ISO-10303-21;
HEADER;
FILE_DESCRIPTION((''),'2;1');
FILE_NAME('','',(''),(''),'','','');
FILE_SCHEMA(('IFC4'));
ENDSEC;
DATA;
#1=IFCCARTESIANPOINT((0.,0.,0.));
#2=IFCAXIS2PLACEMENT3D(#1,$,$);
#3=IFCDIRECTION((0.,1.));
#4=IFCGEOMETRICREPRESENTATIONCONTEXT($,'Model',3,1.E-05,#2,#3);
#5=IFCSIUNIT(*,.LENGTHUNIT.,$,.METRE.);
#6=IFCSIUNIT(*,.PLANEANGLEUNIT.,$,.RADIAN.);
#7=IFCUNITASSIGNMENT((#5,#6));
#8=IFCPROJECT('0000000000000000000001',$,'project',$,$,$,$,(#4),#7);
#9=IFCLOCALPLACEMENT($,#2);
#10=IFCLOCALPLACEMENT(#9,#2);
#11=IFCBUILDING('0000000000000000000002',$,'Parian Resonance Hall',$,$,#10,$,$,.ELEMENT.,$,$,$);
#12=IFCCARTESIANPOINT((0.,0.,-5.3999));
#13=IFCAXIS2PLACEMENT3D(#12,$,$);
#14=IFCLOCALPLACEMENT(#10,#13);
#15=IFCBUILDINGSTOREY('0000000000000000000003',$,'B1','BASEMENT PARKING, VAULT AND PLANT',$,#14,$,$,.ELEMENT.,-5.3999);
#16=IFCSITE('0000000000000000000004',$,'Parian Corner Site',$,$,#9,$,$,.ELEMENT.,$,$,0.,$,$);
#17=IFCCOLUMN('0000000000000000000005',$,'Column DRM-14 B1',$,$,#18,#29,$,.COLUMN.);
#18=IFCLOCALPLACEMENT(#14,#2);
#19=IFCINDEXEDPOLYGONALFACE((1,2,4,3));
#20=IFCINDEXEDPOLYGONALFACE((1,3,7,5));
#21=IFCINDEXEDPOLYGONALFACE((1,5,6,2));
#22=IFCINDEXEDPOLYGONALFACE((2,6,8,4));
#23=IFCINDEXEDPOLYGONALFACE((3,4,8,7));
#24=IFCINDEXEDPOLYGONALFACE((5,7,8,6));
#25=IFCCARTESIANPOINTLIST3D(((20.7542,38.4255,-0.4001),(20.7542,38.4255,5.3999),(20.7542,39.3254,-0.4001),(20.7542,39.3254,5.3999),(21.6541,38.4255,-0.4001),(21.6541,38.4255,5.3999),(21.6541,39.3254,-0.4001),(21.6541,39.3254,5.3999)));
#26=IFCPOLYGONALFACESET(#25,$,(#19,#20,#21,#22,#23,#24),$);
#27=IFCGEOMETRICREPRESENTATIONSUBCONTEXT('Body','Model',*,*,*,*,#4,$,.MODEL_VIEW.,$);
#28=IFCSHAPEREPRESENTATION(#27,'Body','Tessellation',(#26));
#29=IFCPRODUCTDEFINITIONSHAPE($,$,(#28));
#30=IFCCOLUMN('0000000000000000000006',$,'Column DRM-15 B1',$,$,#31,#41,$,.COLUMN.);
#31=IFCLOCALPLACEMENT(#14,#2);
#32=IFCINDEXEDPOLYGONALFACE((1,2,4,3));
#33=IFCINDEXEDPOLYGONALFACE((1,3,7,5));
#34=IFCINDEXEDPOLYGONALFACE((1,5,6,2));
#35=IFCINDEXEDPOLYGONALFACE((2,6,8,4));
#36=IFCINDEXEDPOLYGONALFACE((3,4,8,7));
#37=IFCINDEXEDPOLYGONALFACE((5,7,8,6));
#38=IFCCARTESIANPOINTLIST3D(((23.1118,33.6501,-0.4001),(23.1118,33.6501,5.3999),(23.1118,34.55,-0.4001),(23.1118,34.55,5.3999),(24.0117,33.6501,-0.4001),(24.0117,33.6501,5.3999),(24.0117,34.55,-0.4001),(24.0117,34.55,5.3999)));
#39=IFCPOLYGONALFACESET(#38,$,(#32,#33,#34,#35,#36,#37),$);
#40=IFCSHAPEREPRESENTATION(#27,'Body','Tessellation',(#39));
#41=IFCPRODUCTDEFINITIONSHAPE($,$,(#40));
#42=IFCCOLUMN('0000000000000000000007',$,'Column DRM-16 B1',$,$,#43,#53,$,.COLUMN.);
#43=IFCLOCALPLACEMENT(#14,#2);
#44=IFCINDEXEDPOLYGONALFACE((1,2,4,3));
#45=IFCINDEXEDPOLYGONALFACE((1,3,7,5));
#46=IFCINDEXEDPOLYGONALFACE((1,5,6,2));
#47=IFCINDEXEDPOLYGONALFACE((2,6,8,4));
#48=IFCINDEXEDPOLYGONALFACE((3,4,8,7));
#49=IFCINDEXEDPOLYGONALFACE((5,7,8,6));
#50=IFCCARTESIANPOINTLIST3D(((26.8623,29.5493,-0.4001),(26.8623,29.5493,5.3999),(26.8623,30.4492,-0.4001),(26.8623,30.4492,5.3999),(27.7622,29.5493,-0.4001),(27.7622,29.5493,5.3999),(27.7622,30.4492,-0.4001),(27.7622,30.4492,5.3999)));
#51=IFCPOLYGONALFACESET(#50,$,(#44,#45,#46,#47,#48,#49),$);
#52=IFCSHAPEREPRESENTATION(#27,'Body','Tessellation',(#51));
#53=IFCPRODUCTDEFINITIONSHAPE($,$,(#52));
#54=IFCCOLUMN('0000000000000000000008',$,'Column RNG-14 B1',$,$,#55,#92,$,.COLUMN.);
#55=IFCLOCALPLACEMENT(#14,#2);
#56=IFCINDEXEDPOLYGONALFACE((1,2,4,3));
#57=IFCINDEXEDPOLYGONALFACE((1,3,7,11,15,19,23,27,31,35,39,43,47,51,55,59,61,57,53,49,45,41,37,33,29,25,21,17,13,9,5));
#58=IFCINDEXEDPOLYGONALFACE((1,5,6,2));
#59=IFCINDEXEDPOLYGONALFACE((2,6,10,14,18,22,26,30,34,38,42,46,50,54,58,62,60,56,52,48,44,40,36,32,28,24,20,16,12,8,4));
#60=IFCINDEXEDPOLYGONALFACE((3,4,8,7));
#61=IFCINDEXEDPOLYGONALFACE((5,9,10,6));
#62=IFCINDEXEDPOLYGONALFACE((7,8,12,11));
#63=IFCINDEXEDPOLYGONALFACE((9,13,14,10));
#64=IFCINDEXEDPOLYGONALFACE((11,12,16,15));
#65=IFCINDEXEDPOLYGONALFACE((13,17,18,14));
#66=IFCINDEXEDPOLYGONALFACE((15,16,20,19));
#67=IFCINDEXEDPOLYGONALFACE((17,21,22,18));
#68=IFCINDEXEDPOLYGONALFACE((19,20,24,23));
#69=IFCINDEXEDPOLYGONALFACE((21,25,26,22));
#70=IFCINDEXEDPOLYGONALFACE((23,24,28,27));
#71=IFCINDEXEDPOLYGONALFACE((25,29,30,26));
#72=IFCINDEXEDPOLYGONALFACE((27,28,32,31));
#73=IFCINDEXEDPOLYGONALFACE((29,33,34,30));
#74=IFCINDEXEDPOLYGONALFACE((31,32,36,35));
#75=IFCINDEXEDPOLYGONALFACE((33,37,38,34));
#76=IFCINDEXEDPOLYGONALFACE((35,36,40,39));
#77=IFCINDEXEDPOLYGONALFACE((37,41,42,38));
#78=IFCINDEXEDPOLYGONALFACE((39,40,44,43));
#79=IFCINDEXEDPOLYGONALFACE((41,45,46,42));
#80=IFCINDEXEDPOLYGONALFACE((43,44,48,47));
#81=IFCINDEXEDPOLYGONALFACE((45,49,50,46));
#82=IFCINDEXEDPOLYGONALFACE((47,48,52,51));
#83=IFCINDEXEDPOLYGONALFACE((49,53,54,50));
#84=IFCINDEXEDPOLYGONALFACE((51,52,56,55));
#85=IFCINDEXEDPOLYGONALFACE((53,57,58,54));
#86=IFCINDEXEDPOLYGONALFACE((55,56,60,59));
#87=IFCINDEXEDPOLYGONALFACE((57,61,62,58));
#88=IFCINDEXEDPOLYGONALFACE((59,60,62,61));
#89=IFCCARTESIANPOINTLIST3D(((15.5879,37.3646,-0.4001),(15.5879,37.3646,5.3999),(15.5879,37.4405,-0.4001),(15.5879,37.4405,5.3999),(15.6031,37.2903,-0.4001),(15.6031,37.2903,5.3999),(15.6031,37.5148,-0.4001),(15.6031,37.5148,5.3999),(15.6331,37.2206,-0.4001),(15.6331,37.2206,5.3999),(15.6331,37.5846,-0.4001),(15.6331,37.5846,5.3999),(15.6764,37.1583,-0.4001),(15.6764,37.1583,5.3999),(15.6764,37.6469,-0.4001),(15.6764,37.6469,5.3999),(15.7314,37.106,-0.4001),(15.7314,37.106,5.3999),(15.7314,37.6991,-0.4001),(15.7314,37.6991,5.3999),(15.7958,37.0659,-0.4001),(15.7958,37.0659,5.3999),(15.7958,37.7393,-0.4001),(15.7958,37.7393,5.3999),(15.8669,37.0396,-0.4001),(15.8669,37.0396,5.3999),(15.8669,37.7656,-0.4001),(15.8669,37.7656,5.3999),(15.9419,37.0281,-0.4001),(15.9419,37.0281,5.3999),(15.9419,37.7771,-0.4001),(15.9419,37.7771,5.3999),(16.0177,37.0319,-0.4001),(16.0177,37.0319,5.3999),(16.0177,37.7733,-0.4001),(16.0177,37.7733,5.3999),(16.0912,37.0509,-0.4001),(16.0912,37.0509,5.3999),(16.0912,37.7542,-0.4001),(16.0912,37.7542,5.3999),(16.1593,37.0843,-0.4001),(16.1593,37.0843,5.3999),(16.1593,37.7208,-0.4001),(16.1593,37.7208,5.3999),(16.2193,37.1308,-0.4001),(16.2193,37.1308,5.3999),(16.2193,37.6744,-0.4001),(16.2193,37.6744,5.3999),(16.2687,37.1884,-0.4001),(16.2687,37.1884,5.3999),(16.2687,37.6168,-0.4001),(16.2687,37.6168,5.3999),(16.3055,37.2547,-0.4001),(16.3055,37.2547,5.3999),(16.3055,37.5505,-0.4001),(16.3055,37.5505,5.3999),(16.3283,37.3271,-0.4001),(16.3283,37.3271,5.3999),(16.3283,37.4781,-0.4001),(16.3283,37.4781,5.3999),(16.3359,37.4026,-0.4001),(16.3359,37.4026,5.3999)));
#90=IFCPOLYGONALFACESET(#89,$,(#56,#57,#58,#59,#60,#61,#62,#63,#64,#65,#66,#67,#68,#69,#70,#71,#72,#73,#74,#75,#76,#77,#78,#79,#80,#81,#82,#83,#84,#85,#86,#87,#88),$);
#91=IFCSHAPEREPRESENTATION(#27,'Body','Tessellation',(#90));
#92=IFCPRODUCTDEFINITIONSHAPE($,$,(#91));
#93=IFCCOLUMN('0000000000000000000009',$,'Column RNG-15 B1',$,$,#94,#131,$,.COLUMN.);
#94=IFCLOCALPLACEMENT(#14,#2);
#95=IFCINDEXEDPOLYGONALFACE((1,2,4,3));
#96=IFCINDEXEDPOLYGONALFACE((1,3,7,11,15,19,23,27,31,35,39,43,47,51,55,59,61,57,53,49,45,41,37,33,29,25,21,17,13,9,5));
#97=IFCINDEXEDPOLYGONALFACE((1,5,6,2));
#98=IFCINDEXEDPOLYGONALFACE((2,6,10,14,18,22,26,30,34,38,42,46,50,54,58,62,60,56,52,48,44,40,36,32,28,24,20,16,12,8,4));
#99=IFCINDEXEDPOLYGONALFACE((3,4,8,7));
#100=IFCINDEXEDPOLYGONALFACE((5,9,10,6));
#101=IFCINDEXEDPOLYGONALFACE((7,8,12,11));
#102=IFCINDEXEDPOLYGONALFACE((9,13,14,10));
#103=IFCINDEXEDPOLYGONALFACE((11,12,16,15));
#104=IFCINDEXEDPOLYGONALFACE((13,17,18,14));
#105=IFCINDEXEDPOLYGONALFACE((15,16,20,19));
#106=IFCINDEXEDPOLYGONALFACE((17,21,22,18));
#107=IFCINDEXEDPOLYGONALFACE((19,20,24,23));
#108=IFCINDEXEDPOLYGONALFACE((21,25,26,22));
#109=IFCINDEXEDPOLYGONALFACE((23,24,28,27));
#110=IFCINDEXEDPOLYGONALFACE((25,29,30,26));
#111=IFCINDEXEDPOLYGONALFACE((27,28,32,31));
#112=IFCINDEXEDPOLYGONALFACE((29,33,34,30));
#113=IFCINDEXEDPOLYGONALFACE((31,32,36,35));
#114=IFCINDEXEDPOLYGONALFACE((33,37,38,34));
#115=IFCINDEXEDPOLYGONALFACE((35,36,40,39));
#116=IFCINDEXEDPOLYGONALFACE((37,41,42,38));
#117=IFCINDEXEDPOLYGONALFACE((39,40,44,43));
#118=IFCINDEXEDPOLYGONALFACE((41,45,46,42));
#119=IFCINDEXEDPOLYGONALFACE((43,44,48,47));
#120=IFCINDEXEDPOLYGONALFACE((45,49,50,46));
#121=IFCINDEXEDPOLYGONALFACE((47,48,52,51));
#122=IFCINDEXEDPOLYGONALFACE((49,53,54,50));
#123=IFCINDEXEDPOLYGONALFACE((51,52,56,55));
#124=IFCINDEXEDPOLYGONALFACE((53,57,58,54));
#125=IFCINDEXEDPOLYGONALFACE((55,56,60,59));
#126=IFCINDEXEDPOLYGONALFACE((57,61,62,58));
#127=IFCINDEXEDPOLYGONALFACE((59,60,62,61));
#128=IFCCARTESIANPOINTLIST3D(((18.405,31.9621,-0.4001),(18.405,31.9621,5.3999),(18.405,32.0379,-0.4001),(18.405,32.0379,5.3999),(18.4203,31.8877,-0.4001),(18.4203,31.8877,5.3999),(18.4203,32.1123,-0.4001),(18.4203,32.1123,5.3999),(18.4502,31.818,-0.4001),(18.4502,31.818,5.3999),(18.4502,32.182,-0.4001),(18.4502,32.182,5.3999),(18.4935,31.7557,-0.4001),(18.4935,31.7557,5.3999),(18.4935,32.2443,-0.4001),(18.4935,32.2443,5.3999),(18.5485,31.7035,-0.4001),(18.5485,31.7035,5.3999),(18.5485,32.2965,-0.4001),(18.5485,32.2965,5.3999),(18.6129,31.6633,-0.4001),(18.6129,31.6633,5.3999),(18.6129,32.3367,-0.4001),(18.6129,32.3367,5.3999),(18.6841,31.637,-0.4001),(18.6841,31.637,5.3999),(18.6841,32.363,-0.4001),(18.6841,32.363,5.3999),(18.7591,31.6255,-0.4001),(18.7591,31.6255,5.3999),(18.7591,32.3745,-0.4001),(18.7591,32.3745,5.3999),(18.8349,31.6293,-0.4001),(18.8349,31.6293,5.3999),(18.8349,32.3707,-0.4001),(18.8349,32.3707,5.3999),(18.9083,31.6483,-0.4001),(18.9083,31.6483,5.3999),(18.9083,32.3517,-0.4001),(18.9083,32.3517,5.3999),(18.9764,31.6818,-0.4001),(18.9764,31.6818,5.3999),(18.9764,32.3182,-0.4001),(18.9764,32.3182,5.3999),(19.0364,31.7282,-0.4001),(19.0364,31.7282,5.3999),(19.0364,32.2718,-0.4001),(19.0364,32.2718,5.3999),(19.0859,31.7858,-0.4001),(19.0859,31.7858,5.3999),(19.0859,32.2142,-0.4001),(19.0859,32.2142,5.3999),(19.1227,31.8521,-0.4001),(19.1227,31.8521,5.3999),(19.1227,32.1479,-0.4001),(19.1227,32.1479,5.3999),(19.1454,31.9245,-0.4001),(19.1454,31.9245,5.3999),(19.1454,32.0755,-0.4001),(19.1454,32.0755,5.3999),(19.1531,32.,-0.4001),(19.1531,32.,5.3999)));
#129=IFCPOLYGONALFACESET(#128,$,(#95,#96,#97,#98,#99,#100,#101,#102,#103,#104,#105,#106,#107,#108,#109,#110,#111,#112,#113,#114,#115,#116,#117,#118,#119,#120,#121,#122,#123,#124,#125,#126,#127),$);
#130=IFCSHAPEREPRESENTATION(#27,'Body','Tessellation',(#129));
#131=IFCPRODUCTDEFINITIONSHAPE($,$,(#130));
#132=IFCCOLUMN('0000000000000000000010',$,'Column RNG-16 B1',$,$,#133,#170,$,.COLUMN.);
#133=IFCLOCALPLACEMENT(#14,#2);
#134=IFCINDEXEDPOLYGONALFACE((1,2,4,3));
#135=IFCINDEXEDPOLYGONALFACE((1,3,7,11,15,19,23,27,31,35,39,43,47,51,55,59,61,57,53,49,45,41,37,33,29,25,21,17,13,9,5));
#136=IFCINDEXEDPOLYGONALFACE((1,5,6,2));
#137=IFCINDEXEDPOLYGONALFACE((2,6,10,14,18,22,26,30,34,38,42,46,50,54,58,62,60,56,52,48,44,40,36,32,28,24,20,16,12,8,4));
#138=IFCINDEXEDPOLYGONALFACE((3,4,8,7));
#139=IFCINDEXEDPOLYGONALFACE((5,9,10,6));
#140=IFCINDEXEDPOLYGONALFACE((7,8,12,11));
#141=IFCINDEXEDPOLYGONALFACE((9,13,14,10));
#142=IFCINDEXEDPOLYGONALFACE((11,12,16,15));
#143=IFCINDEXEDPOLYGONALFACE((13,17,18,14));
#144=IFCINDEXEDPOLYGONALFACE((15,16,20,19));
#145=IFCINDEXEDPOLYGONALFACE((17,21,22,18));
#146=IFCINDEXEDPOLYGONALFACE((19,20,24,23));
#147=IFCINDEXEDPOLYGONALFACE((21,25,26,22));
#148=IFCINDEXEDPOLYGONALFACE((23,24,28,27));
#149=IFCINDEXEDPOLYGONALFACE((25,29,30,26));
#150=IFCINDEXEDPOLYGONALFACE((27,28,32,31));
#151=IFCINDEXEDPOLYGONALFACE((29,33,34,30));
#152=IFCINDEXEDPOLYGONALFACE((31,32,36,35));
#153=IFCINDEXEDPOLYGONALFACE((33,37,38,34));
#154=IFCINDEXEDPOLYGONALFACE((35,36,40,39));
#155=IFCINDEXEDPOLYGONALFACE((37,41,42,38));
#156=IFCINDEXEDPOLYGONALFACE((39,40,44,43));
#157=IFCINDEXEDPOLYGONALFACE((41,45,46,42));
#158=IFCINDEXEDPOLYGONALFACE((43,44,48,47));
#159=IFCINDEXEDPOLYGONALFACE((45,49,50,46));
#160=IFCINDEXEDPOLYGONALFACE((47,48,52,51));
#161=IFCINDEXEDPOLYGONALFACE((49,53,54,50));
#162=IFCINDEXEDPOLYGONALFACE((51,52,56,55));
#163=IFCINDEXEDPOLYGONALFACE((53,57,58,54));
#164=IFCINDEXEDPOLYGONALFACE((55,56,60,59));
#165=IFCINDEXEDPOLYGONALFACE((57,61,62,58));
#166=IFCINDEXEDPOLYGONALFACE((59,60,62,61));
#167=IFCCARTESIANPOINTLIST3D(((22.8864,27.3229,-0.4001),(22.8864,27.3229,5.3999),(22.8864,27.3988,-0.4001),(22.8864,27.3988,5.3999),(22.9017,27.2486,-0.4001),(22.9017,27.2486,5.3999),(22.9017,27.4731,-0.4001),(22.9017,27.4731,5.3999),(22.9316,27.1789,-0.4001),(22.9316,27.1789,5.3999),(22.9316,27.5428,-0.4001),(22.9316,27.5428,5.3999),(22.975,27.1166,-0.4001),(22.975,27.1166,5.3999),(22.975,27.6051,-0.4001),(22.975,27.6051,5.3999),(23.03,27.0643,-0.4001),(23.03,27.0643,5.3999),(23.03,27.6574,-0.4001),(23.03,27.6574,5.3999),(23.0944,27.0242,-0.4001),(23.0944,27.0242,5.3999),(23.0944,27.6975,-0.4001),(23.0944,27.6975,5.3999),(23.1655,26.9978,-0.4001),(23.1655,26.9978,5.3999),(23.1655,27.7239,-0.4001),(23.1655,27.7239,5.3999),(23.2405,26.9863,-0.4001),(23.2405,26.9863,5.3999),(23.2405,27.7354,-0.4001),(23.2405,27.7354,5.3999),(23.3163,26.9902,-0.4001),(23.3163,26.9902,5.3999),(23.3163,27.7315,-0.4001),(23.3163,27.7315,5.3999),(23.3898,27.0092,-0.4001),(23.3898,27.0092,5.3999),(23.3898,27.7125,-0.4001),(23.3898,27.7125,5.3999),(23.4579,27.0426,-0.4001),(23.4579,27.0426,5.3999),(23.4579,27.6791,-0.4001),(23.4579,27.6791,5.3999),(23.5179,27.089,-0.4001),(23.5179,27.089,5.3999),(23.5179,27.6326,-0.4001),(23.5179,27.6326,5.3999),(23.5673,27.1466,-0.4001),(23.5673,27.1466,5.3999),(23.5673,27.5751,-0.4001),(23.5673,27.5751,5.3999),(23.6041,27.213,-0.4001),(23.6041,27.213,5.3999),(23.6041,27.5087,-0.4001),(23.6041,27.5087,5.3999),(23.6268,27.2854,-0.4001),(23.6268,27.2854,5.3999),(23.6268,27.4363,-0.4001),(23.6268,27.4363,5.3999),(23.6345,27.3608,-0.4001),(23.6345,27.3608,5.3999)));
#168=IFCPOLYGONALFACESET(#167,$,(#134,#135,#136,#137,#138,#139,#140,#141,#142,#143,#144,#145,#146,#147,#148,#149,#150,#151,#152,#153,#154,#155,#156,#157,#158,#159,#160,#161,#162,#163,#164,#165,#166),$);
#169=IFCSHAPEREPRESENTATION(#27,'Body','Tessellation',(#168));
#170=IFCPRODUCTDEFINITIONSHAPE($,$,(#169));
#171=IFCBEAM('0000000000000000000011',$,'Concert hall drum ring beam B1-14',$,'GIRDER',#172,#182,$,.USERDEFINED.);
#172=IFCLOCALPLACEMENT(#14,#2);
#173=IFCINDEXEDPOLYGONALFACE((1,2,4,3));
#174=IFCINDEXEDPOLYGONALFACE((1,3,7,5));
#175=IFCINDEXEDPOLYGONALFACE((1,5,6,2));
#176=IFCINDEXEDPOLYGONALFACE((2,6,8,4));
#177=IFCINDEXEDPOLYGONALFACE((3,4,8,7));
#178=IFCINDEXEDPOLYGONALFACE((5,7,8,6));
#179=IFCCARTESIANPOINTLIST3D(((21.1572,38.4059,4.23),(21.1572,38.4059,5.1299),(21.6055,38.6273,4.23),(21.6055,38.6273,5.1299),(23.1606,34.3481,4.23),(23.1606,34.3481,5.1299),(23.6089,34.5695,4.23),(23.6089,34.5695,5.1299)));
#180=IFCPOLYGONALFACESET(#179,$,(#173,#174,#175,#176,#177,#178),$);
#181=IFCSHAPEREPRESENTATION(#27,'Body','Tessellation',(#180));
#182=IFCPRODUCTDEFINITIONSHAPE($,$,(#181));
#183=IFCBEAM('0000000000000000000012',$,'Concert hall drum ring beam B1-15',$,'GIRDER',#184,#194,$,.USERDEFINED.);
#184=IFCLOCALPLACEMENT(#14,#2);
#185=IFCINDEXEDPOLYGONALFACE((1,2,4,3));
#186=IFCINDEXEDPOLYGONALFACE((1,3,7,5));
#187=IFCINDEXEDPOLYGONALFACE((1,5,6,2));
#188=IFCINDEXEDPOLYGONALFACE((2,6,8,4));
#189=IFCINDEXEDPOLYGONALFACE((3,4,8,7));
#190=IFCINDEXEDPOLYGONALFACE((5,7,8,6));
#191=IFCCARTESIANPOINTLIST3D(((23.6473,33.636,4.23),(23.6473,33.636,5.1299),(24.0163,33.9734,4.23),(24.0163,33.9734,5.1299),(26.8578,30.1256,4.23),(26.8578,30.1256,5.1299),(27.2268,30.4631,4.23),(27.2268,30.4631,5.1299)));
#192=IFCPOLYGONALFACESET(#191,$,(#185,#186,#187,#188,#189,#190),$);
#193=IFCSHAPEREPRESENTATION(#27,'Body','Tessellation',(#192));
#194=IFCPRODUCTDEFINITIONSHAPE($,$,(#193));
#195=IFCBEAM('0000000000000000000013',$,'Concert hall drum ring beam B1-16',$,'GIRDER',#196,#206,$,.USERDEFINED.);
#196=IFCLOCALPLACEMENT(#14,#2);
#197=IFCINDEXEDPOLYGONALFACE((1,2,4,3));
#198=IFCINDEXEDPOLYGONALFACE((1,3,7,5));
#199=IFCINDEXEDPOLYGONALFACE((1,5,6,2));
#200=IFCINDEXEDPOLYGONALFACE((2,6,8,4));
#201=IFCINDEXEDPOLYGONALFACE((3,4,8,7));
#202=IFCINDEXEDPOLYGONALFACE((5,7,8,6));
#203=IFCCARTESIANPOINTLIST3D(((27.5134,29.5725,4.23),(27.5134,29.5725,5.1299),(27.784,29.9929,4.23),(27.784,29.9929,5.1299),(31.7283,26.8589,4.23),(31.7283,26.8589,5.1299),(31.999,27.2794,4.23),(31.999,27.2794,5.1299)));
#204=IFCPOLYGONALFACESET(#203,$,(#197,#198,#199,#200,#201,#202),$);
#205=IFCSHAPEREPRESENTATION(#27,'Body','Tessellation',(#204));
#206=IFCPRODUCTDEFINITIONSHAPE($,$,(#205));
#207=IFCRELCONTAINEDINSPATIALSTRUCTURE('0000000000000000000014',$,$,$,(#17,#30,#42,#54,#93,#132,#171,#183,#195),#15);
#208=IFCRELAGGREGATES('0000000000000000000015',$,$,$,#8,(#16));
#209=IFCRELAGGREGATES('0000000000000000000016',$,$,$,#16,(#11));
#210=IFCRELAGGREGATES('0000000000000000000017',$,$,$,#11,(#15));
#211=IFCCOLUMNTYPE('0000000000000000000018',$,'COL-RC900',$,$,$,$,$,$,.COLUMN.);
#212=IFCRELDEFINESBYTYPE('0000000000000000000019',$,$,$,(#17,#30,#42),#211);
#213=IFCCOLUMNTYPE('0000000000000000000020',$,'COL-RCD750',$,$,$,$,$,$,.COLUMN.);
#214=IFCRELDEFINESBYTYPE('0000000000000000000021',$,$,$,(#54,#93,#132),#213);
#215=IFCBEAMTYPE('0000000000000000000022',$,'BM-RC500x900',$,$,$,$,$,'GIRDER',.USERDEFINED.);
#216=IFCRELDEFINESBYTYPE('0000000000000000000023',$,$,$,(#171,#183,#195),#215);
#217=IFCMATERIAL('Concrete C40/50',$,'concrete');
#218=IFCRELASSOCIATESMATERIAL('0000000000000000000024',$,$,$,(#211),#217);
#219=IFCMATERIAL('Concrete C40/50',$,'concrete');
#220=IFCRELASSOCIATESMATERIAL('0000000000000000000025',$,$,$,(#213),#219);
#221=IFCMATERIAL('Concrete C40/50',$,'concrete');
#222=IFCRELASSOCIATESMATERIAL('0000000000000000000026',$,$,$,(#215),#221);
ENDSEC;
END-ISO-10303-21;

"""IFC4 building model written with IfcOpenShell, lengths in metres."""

from ifc_helpers import new_model, si_unit, direction, frame, origin, origin_2d, place, context, subcontext, project, spatial, rectangle, circle, extrude, material, material_profile, profile_set, type_object, element, save


model = new_model("IFC4")

# Units and contexts
model_context = context("Model", 3, precision=1e-05, world=origin(), true_north=direction((0.0, 1.0)))
body_context = subcontext(model_context, "Body", "Model", "MODEL_VIEW")
ifc_project = project(units=[si_unit("LENGTHUNIT", "METRE"), si_unit("PLANEANGLEUNIT", "RADIAN")], contexts=[model_context])

# Site, building, storey
site_placement = place(None, origin())
site = spatial("IfcSite", under=ifc_project, at=site_placement, Name="Parian Corner Site", CompositionType="ELEMENT", RefElevation=0.0)
building_placement = place(site_placement, origin())
building = spatial("IfcBuilding", under=site, at=building_placement, Name="Parian Resonance Hall", CompositionType="ELEMENT")
storey_placement = place(building_placement, frame((0.0, 0.0, -5.3999)))
storey = spatial("IfcBuildingStorey", under=building, at=storey_placement, Name="B1", Description="BASEMENT PARKING, VAULT AND PLANT", CompositionType="ELEMENT", Elevation=-5.3999)

# Columns
ifc_material_1 = material(Name="Concrete C40/50", Category="concrete")
ifc_material_profile_1 = material_profile(ifc_material_1, rectangle(XDim=0.8999, YDim=0.8999, at=origin_2d()), Name="RC-COL-900x900")
ifc_profile_set_1 = profile_set([ifc_material_profile_1], Name="Concrete C40/50")
column_type_1 = type_object("IfcColumnType", Name="COL-RC900", PredefinedType="COLUMN", material=ifc_profile_set_1)
for number, where, z_axis, x_axis, name in (
    (1, (21.2041, 38.8755, -0.4001), (0.0, 0.0, 1.0), (1.0, 0.0, 0.0), "Column DRM-14 B1"),
    (2, (23.5618, 34.1001, -0.4001), (0.0, 0.0, 1.0), (1.0, 0.0, 0.0), "Column DRM-15 B1"),
    (3, (27.3123, 29.9993, -0.4001), (0.0, 0.0, 1.0), (1.0, 0.0, 0.0), "Column DRM-16 B1"),
):
    element("IfcColumn", number, at=place(storey_placement, frame(where, z_axis=z_axis, x_axis=x_axis)), inside=storey, type_object=column_type_1, Name=name, PredefinedType="COLUMN", context=body_context, shape_type="SweptSolid", body=[
        extrude(rectangle(XDim=0.8999, YDim=0.8999, at=origin_2d()), origin(), (0.0, 0.0, 1.0), 5.8),
    ])
ifc_material_2 = material(Name="Concrete C40/50", Category="concrete")
ifc_material_profile_2 = material_profile(ifc_material_2, circle(Radius=0.375, at=origin_2d()), Name="RC-COL-D750")
ifc_profile_set_2 = profile_set([ifc_material_profile_2], Name="Concrete C40/50")
column_type_2 = type_object("IfcColumnType", Name="COL-RCD750", PredefinedType="COLUMN", material=ifc_profile_set_2)
for number, where, z_axis, x_axis, name in (
    (4, (15.9609, 37.4026, -0.4001), (0.0, 0.0, 1.0), (1.0, 0.0, 0.0), "Column RNG-14 B1"),
    (5, (18.7781, 32.0, -0.4001), (0.0, 0.0, 1.0), (1.0, 0.0, 0.0), "Column RNG-15 B1"),
    (6, (23.2595, 27.3608, -0.4001), (0.0, 0.0, 1.0), (1.0, 0.0, 0.0), "Column RNG-16 B1"),
):
    element("IfcColumn", number, at=place(storey_placement, frame(where, z_axis=z_axis, x_axis=x_axis)), inside=storey, type_object=column_type_2, Name=name, PredefinedType="COLUMN", context=body_context, shape_type="SweptSolid", body=[
        extrude(circle(Radius=0.375, at=origin_2d()), origin(), (0.0, 0.0, 1.0), 5.8),
    ])

# Beams
ifc_material_3 = material(Name="Concrete C40/50", Category="concrete")
ifc_material_profile_3 = material_profile(ifc_material_3, rectangle(XDim=0.5, YDim=0.8999, at=origin_2d()), Name="RC-BM-500x900")
ifc_profile_set_3 = profile_set([ifc_material_profile_3], Name="Concrete C40/50")
beam_type_1 = type_object("IfcBeamType", Name="BM-RC500x900", ElementType="GIRDER", PredefinedType="USERDEFINED", material=ifc_profile_set_3)
beam_1_placement = place(storey_placement, frame((21.3813, 38.5166, 4.6799), z_axis=(0.442698, -0.896671, 0.0), x_axis=(0.896671, 0.442698, 0.0)))
element("IfcBeam", 7, at=beam_1_placement, inside=storey, type_object=beam_type_1, Name="Concert hall drum ring beam B1-14", ObjectType="GIRDER", PredefinedType="USERDEFINED", context=body_context, shape_type="SweptSolid", body=[
    extrude(rectangle(XDim=0.5, YDim=0.8999, at=origin_2d()), origin(), (0.0, 0.0, 1.0), 4.5254),
])
beam_2_placement = place(storey_placement, frame((23.8318, 33.8047, 4.6799), z_axis=(0.674892, -0.737916, 0.0), x_axis=(0.737916, 0.674892, 0.0)))
element("IfcBeam", 8, at=beam_2_placement, inside=storey, type_object=beam_type_1, Name="Concert hall drum ring beam B1-15", ObjectType="GIRDER", PredefinedType="USERDEFINED", context=body_context, shape_type="SweptSolid", body=[
    extrude(rectangle(XDim=0.5, YDim=0.8999, at=origin_2d()), origin(), (0.0, 0.0, 1.0), 4.7571),
])
beam_3_placement = place(storey_placement, frame((27.6487, 29.7827, 4.6799), z_axis=(0.840822, -0.541311, 0.0), x_axis=(0.541311, 0.840822, 0.0)))
element("IfcBeam", 9, at=beam_3_placement, inside=storey, type_object=beam_type_1, Name="Concert hall drum ring beam B1-16", ObjectType="GIRDER", PredefinedType="USERDEFINED", context=body_context, shape_type="SweptSolid", body=[
    extrude(rectangle(XDim=0.5, YDim=0.8999, at=origin_2d()), origin(), (0.0, 0.0, 1.0), 5.0129),
])

save(model, "model.ifc")
